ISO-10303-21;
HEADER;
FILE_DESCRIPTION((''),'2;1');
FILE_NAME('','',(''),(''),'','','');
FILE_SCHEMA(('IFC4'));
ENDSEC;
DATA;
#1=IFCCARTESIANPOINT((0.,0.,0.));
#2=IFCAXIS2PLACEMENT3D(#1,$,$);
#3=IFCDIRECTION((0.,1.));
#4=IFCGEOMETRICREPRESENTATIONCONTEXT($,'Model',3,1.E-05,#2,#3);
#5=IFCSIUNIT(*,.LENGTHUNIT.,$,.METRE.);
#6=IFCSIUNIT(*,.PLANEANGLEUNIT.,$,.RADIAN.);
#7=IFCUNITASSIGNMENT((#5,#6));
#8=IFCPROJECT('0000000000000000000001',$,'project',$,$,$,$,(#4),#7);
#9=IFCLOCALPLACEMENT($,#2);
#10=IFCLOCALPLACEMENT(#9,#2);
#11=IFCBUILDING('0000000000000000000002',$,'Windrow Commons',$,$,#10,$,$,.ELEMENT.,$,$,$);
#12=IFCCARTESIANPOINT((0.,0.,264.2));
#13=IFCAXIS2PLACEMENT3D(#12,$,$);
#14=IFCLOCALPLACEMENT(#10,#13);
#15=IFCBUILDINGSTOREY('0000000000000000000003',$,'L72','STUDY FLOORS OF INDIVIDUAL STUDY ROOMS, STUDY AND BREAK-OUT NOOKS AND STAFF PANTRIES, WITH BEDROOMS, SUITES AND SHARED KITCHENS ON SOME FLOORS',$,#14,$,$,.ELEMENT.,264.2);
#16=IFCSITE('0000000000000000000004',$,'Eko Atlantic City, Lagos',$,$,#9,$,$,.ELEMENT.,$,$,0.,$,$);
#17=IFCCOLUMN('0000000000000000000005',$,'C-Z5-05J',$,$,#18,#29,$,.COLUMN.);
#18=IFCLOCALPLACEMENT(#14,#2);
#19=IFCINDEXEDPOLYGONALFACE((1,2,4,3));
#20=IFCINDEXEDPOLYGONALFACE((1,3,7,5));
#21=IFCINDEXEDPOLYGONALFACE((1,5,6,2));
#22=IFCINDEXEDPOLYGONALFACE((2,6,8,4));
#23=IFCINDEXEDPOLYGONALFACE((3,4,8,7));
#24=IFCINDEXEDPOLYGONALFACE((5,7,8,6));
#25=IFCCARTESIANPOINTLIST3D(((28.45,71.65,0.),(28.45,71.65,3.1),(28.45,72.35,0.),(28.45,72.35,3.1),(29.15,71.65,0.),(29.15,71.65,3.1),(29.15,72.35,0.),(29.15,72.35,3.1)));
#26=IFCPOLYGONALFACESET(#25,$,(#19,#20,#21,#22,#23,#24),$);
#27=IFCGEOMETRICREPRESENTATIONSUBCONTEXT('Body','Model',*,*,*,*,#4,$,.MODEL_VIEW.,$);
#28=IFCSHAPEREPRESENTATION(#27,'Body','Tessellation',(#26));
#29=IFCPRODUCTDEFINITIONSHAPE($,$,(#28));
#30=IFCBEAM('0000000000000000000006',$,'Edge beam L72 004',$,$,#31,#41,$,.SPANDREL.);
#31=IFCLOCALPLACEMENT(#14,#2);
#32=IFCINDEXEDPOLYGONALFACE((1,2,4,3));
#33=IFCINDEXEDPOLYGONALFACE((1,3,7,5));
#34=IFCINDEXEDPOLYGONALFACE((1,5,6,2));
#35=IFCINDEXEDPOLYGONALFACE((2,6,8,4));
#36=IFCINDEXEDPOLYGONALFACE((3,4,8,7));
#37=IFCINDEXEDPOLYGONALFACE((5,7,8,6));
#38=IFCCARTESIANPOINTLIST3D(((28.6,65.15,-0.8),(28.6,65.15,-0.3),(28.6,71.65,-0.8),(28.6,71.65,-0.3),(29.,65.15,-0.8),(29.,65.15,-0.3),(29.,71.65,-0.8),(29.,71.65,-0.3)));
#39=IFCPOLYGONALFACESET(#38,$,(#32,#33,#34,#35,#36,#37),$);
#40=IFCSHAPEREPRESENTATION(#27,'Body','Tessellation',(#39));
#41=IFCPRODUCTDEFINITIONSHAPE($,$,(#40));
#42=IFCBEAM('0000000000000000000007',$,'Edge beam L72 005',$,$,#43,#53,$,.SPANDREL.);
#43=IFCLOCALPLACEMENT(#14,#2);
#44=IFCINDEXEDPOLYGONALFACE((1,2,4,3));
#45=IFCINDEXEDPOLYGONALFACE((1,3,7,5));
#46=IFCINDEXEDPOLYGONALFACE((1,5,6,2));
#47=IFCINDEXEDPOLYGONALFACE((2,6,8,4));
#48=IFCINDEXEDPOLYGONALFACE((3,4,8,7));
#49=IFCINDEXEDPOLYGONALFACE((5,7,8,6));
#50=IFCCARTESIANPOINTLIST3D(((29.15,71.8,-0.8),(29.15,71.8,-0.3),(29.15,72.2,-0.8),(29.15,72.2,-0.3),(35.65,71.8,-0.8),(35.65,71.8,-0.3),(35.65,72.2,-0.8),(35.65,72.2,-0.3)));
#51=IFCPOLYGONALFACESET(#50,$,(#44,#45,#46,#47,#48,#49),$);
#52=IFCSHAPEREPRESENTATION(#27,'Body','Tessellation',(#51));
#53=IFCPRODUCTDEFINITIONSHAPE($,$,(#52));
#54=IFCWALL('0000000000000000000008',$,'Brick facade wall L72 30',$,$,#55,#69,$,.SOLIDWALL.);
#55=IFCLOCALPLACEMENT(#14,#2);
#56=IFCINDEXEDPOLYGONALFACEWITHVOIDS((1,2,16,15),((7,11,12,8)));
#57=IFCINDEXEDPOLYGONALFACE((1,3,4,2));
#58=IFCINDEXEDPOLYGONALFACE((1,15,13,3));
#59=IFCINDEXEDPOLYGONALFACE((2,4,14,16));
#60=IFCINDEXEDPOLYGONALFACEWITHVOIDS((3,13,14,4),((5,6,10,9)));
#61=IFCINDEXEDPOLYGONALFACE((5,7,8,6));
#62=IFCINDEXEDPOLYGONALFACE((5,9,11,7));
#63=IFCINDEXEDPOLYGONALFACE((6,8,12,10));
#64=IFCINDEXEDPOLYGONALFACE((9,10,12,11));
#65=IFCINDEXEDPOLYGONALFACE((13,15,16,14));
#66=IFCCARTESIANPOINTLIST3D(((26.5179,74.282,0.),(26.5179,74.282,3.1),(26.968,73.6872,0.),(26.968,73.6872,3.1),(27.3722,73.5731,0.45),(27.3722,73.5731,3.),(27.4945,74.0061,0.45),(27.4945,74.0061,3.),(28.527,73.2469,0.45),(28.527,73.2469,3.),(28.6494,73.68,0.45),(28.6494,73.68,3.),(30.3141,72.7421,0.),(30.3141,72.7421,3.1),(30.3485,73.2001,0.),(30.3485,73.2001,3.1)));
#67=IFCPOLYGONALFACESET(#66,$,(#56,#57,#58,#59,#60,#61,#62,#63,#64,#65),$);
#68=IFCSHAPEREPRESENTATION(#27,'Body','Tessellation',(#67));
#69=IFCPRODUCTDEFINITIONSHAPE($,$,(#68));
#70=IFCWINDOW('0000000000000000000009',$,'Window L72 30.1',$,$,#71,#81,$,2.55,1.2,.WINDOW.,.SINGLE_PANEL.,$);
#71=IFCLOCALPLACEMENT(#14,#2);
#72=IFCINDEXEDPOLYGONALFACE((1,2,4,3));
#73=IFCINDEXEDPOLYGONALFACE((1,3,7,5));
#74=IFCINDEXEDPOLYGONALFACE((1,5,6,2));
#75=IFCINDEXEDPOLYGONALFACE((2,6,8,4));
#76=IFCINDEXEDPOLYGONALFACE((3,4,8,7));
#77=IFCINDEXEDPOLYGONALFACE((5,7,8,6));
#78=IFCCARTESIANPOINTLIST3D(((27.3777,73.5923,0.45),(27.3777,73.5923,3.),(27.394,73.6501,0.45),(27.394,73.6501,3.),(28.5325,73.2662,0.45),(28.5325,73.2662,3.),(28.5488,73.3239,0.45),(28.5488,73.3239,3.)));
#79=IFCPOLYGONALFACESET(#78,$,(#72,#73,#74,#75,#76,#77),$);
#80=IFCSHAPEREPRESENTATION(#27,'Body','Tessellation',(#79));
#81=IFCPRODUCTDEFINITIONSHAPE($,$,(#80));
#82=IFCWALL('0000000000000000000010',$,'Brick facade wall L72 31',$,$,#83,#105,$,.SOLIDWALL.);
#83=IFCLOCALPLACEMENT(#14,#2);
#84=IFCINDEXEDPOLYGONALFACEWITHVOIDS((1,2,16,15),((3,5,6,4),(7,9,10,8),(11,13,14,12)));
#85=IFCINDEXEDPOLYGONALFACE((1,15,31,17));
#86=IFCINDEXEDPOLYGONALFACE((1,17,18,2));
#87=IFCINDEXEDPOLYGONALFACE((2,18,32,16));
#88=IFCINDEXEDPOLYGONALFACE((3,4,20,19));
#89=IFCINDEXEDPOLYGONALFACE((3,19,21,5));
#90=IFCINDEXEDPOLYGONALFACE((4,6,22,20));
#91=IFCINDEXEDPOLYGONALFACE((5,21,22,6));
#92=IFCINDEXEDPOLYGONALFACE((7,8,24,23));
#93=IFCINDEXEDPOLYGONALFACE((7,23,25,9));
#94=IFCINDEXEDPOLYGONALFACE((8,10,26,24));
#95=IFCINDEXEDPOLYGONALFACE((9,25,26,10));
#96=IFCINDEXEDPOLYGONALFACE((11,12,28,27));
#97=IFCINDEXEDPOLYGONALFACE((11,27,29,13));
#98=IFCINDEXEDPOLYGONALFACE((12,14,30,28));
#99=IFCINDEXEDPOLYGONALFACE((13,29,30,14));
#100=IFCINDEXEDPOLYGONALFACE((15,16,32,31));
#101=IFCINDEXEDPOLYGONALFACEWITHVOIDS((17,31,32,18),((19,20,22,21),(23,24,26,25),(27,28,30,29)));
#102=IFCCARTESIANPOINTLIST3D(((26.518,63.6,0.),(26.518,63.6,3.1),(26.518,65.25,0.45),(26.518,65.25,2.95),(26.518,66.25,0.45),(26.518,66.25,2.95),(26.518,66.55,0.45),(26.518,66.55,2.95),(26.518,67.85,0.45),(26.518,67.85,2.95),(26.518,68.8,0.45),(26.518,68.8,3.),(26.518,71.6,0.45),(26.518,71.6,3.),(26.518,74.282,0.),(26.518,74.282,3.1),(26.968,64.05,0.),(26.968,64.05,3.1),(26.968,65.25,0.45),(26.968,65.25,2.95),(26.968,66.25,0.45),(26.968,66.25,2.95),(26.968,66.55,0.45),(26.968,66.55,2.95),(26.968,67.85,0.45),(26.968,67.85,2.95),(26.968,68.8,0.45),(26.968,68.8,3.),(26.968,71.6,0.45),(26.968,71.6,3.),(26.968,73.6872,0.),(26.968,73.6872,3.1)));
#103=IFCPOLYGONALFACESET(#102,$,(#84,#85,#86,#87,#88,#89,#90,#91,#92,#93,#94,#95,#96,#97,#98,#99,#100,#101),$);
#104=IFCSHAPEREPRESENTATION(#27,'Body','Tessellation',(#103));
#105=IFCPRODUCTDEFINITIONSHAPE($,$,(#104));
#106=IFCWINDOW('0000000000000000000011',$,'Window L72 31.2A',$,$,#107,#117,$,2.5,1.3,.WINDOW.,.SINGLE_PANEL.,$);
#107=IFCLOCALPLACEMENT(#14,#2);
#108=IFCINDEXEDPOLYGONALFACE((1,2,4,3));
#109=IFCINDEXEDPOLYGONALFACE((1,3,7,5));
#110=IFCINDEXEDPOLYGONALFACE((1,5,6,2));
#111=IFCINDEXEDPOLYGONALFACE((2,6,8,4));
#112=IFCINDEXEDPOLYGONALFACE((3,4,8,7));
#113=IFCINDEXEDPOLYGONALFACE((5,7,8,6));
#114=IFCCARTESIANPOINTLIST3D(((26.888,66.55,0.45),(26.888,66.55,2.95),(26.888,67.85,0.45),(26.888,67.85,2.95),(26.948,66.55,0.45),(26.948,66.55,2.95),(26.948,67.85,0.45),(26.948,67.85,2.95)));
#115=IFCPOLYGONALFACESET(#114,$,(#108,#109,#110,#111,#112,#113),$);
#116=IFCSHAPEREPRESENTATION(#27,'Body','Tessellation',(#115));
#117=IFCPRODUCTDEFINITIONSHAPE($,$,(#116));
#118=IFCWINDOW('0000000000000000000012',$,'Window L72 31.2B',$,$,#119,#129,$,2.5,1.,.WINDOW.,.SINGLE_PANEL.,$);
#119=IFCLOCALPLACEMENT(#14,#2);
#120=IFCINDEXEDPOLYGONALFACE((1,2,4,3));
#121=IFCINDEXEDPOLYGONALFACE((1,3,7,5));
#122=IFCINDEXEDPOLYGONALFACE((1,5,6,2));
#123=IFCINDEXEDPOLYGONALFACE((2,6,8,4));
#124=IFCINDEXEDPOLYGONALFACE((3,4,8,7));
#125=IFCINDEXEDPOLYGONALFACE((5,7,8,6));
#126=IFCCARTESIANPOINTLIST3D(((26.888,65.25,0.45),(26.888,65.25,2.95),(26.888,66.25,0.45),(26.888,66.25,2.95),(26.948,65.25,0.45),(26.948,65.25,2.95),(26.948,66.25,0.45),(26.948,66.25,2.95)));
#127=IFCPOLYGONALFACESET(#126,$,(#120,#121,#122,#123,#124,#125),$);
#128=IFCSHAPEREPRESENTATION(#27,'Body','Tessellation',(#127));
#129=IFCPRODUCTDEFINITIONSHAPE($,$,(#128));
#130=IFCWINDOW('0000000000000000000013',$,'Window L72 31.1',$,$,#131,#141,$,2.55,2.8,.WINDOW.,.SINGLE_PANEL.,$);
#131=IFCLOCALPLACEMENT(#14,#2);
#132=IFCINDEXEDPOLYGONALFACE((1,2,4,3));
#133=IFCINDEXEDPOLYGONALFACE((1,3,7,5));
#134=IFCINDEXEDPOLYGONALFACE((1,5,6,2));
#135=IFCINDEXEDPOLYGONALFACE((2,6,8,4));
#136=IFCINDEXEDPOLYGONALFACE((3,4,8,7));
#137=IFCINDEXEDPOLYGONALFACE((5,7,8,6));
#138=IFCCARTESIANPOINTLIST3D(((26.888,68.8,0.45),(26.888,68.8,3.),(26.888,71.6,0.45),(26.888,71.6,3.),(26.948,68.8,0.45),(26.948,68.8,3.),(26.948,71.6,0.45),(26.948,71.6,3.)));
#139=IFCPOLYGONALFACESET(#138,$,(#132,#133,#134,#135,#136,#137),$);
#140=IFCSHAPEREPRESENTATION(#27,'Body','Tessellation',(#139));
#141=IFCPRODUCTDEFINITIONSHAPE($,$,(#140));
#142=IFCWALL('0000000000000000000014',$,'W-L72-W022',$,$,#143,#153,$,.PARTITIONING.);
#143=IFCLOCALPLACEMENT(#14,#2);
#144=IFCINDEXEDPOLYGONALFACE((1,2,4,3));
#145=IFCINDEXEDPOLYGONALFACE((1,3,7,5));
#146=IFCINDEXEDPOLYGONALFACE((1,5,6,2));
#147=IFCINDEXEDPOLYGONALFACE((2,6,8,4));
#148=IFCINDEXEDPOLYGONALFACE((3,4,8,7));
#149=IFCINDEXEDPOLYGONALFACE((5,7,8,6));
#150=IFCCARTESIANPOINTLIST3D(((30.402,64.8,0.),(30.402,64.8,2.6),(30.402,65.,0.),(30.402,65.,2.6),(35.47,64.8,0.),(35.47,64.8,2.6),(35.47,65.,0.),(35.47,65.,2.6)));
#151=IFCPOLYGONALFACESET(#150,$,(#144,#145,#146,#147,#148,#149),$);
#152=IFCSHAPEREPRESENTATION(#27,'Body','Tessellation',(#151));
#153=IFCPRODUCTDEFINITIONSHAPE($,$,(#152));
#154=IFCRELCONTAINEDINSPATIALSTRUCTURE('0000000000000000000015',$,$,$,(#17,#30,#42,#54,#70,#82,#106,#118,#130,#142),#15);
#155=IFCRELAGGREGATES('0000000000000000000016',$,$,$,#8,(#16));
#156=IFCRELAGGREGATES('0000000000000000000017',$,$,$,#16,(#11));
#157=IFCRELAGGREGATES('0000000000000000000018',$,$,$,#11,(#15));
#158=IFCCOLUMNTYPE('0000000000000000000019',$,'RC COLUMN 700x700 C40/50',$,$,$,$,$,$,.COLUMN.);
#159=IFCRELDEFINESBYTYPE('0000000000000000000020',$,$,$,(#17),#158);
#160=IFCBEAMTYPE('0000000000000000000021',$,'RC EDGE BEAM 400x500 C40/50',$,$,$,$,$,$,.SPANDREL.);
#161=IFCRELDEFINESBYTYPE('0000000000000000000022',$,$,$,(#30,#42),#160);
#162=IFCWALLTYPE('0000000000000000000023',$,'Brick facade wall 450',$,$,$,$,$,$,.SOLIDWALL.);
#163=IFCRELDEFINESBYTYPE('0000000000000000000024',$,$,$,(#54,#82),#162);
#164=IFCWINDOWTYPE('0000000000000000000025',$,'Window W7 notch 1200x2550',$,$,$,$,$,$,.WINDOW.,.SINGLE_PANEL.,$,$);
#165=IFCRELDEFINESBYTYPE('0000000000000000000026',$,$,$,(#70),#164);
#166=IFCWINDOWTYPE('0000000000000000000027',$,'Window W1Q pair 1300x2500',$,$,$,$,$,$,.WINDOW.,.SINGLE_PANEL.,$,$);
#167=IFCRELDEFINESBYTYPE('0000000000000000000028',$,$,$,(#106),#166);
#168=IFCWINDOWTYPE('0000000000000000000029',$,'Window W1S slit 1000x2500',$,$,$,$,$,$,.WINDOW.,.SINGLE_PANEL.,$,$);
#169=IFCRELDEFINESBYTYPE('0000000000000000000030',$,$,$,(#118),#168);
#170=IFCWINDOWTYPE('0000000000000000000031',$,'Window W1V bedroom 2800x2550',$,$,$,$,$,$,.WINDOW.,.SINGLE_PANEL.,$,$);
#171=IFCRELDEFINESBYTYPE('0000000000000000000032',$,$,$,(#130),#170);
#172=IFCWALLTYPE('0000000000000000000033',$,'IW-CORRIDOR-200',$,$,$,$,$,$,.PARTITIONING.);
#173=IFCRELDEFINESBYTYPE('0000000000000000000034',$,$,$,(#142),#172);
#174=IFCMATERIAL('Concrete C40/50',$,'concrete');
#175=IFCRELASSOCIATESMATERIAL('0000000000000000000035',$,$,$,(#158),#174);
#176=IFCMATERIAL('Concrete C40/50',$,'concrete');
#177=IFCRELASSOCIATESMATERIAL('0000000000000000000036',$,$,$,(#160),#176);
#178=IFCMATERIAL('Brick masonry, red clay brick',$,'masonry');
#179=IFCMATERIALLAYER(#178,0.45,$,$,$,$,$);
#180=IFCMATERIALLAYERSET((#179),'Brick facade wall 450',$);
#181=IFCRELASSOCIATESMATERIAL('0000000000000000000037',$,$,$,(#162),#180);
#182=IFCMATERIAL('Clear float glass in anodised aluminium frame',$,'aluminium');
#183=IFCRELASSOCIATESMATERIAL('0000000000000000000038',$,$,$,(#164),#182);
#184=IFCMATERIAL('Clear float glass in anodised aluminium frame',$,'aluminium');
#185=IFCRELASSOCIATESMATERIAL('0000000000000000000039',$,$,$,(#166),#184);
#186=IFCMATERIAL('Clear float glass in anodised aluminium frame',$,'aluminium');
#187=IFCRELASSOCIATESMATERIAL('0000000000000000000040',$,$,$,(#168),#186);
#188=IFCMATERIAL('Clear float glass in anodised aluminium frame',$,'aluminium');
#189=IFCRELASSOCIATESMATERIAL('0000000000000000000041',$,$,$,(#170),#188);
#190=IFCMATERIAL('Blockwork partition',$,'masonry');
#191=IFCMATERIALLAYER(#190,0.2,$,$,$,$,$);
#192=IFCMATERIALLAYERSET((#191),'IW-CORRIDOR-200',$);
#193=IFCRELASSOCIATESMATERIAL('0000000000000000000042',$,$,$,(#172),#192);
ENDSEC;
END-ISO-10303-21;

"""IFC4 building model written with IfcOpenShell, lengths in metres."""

from ifc_helpers import new_model, si_unit, direction, frame, frame_2d, origin, origin_2d, place, context, subcontext, project, spatial, polyline, rectangle, outline, extrude, material, layer, layer_set, material_profile, profile_set, type_object, element, fill, save


model = new_model("IFC4")

# Units and contexts
model_context = context("Model", 3, precision=1e-05, world=origin(), true_north=direction((0.0, 1.0)))
body_context = subcontext(model_context, "Body", "Model", "MODEL_VIEW")
ifc_project = project(units=[si_unit("LENGTHUNIT", "METRE"), si_unit("PLANEANGLEUNIT", "RADIAN")], contexts=[model_context])

# Site, building, storey
site_placement = place(None, origin())
site = spatial("IfcSite", under=ifc_project, at=site_placement, Name="Eko Atlantic City, Lagos", CompositionType="ELEMENT", RefElevation=0.0)
building_placement = place(site_placement, origin())
building = spatial("IfcBuilding", under=site, at=building_placement, Name="Windrow Commons", CompositionType="ELEMENT")
storey_placement = place(building_placement, frame((0.0, 0.0, 264.2)))
storey = spatial("IfcBuildingStorey", under=building, at=storey_placement, Name="L72", Description="STUDY FLOORS OF INDIVIDUAL STUDY ROOMS, STUDY AND BREAK-OUT NOOKS AND STAFF PANTRIES, WITH BEDROOMS, SUITES AND SHARED KITCHENS ON SOME FLOORS", CompositionType="ELEMENT", Elevation=264.2)

# Column
ifc_material_1 = material(Name="Concrete C40/50", Category="concrete")
ifc_material_profile_1 = material_profile(ifc_material_1, rectangle(XDim=0.7, YDim=0.7, at=origin_2d()))
ifc_profile_set_1 = profile_set([ifc_material_profile_1], Name="Concrete C40/50")
column_type = type_object("IfcColumnType", Name="RC COLUMN 700x700 C40/50", PredefinedType="COLUMN", material=ifc_profile_set_1)
column_placement = place(storey_placement, frame((28.8, 72.0, 0.0), z_axis=(0.0, 0.0, 1.0), x_axis=(1.0, 0.0, 0.0)))
element("IfcColumn", 1, at=column_placement, inside=storey, type_object=column_type, Name="C-Z5-05J", PredefinedType="COLUMN", context=body_context, shape_type="SweptSolid", body=[
    extrude(rectangle(XDim=0.7, YDim=0.7, at=origin_2d()), origin(), (0.0, 0.0, 1.0), 3.1),
])

# Beams
ifc_material_2 = material(Name="Concrete C40/50", Category="concrete")
ifc_material_profile_2 = material_profile(ifc_material_2, rectangle(XDim=0.4, YDim=0.5, at=origin_2d()))
ifc_profile_set_2 = profile_set([ifc_material_profile_2], Name="Concrete C40/50")
beam_type = type_object("IfcBeamType", Name="RC EDGE BEAM 400x500 C40/50", PredefinedType="SPANDREL", material=ifc_profile_set_2)
for number, where, z_axis, x_axis, name in (
    (2, (28.8, 65.15, -0.55), (0.0, 1.0, 0.0), (-1.0, 0.0, 0.0), "Edge beam L72 004"),
    (3, (29.15, 72.0, -0.55), (1.0, 0.0, 0.0), (0.0, 1.0, 0.0), "Edge beam L72 005"),
):
    element("IfcBeam", number, at=place(storey_placement, frame(where, z_axis=z_axis, x_axis=x_axis)), inside=storey, type_object=beam_type, Name=name, PredefinedType="SPANDREL", context=body_context, shape_type="SweptSolid", body=[
        extrude(rectangle(XDim=0.4, YDim=0.5, at=origin_2d()), origin(), (0.0, 0.0, 1.0), 6.5),
    ])

# Wall, opening, window
ifc_material_3 = material(Name="Brick masonry, red clay brick", Category="masonry")
ifc_layer_1 = layer(ifc_material_3, 0.45)
ifc_layer_set_1 = layer_set([ifc_layer_1], Name="Brick facade wall 450")
wall_type_1 = type_object("IfcWallType", Name="Brick facade wall 450", PredefinedType="SOLIDWALL", material=ifc_layer_set_1)
wall_1_placement = place(storey_placement, frame((30.3313, 72.9711, 0.0), z_axis=(0.0, 0.0, 1.0), x_axis=(-0.96235, 0.271812, 0.0)))
wall_1 = element("IfcWall", 4, at=wall_1_placement, inside=storey, type_object=wall_type_1, Name="Brick facade wall L72 30", PredefinedType="SOLIDWALL", context=body_context, shape_type="SweptSolid", body=[
    extrude(outline(polyline([(0.0457, -0.225), (4.0261, -0.225), (3.4313, 0.225), (-0.0457, 0.225), (0.0457, -0.225)])), origin(), (0.0, 0.0, 1.0), 3.1),
])
opening_1_placement = place(wall_1_placement, frame((1.8113, 0.0, 0.45)))
opening_1 = element("IfcOpeningElement", 5, at=opening_1_placement, cuts=wall_1, PredefinedType="OPENING", context=body_context, shape_type="SweptSolid", body=[
    extrude(rectangle(XDim=1.2, YDim=2.55, at=frame_2d((0.6, 1.275))), frame((0.0, 0.235, 0.0), z_axis=(0.0, -1.0, 0.0), x_axis=(1.0, 0.0, 0.0)), (0.0, 0.0, 1.0), 0.47),
])
ifc_material_4 = material(Name="Clear float glass in anodised aluminium frame", Category="aluminium")
window_type_1 = type_object("IfcWindowType", Name="Window W7 notch 1200x2550", PartitioningType="SINGLE_PANEL", PredefinedType="WINDOW", material=ifc_material_4)
window_1_placement = place(opening_1_placement, origin())
window_1 = element("IfcWindow", 6, at=window_1_placement, inside=storey, type_object=window_type_1, Name="Window L72 30.1", OverallHeight=2.55, OverallWidth=1.2, PartitioningType="SINGLE_PANEL", PredefinedType="WINDOW", context=body_context, shape_type="SweptSolid", body=[
    extrude(rectangle(XDim=1.2, YDim=2.55, at=frame_2d((0.6, 1.275))), frame((0.0, 0.205, 0.0), z_axis=(0.0, -1.0, 0.0), x_axis=(1.0, 0.0, 0.0)), (0.0, 0.0, 1.0), 0.06),
])
fill(opening_1, window_1)

# Wall, openings, windows
wall_2_placement = place(storey_placement, frame((26.743, 73.9846, 0.0), z_axis=(0.0, 0.0, 1.0), x_axis=(0.0, -1.0, 0.0)))
wall_2 = element("IfcWall", 7, at=wall_2_placement, inside=storey, type_object=wall_type_1, Name="Brick facade wall L72 31", PredefinedType="SOLIDWALL", context=body_context, shape_type="SweptSolid", body=[
    extrude(outline(polyline([(-0.2974, -0.225), (10.3846, -0.225), (9.9346, 0.225), (0.2974, 0.225), (-0.2974, -0.225)])), origin(), (0.0, 0.0, 1.0), 3.1),
])
opening_2_placement = place(wall_2_placement, frame((2.3846, 0.0, 0.45)))
opening_2 = element("IfcOpeningElement", 8, at=opening_2_placement, cuts=wall_2, PredefinedType="OPENING", context=body_context, shape_type="SweptSolid", body=[
    extrude(rectangle(XDim=2.8, YDim=2.55, at=frame_2d((1.4, 1.275))), frame((0.0, 0.235, 0.0), z_axis=(0.0, -1.0, 0.0), x_axis=(1.0, 0.0, 0.0)), (0.0, 0.0, 1.0), 0.47),
])
opening_3_placement = place(wall_2_placement, frame((6.1346, 0.0, 0.45)))
opening_3 = element("IfcOpeningElement", 9, at=opening_3_placement, cuts=wall_2, PredefinedType="OPENING", context=body_context, shape_type="SweptSolid", body=[
    extrude(rectangle(XDim=1.3, YDim=2.5, at=frame_2d((0.65, 1.25))), frame((0.0, 0.235, 0.0), z_axis=(0.0, -1.0, 0.0), x_axis=(1.0, 0.0, 0.0)), (0.0, 0.0, 1.0), 0.47),
])
opening_4_placement = place(wall_2_placement, frame((7.7346, 0.0, 0.45)))
opening_4 = element("IfcOpeningElement", 10, at=opening_4_placement, cuts=wall_2, PredefinedType="OPENING", context=body_context, shape_type="SweptSolid", body=[
    extrude(rectangle(XDim=1.0, YDim=2.5, at=frame_2d((0.5, 1.25))), frame((0.0, 0.235, 0.0), z_axis=(0.0, -1.0, 0.0), x_axis=(1.0, 0.0, 0.0)), (0.0, 0.0, 1.0), 0.47),
])
ifc_material_5 = material(Name="Clear float glass in anodised aluminium frame", Category="aluminium")
window_type_2 = type_object("IfcWindowType", Name="Window W1Q pair 1300x2500", PartitioningType="SINGLE_PANEL", PredefinedType="WINDOW", material=ifc_material_5)
window_2_placement = place(opening_3_placement, origin())
window_2 = element("IfcWindow", 11, at=window_2_placement, inside=storey, type_object=window_type_2, Name="Window L72 31.2A", OverallHeight=2.5, OverallWidth=1.3, PartitioningType="SINGLE_PANEL", PredefinedType="WINDOW", context=body_context, shape_type="SweptSolid", body=[
    extrude(rectangle(XDim=1.3, YDim=2.5, at=frame_2d((0.65, 1.25))), frame((0.0, 0.205, 0.0), z_axis=(0.0, -1.0, 0.0), x_axis=(1.0, 0.0, 0.0)), (0.0, 0.0, 1.0), 0.06),
])
fill(opening_3, window_2)
ifc_material_6 = material(Name="Clear float glass in anodised aluminium frame", Category="aluminium")
window_type_3 = type_object("IfcWindowType", Name="Window W1S slit 1000x2500", PartitioningType="SINGLE_PANEL", PredefinedType="WINDOW", material=ifc_material_6)
window_3_placement = place(opening_4_placement, origin())
window_3 = element("IfcWindow", 12, at=window_3_placement, inside=storey, type_object=window_type_3, Name="Window L72 31.2B", OverallHeight=2.5, OverallWidth=1.0, PartitioningType="SINGLE_PANEL", PredefinedType="WINDOW", context=body_context, shape_type="SweptSolid", body=[
    extrude(rectangle(XDim=1.0, YDim=2.5, at=frame_2d((0.5, 1.25))), frame((0.0, 0.205, 0.0), z_axis=(0.0, -1.0, 0.0), x_axis=(1.0, 0.0, 0.0)), (0.0, 0.0, 1.0), 0.06),
])
fill(opening_4, window_3)
ifc_material_7 = material(Name="Clear float glass in anodised aluminium frame", Category="aluminium")
window_type_4 = type_object("IfcWindowType", Name="Window W1V bedroom 2800x2550", PartitioningType="SINGLE_PANEL", PredefinedType="WINDOW", material=ifc_material_7)
window_4_placement = place(opening_2_placement, origin())
window_4 = element("IfcWindow", 13, at=window_4_placement, inside=storey, type_object=window_type_4, Name="Window L72 31.1", OverallHeight=2.55, OverallWidth=2.8, PartitioningType="SINGLE_PANEL", PredefinedType="WINDOW", context=body_context, shape_type="SweptSolid", body=[
    extrude(rectangle(XDim=2.8, YDim=2.55, at=frame_2d((1.4, 1.275))), frame((0.0, 0.205, 0.0), z_axis=(0.0, -1.0, 0.0), x_axis=(1.0, 0.0, 0.0)), (0.0, 0.0, 1.0), 0.06),
])
fill(opening_2, window_4)

# Wall
ifc_material_8 = material(Name="Blockwork partition", Category="masonry")
ifc_layer_2 = layer(ifc_material_8, 0.2)
ifc_layer_set_2 = layer_set([ifc_layer_2], Name="IW-CORRIDOR-200")
wall_type_2 = type_object("IfcWallType", Name="IW-CORRIDOR-200", PredefinedType="PARTITIONING", material=ifc_layer_set_2)
wall_3_placement = place(storey_placement, frame((30.402, 64.9, 0.0), z_axis=(0.0, 0.0, 1.0), x_axis=(1.0, 0.0, 0.0)))
element("IfcWall", 14, at=wall_3_placement, inside=storey, type_object=wall_type_2, Name="W-L72-W022", PredefinedType="PARTITIONING", context=body_context, shape_type="SweptSolid", body=[
    extrude(rectangle(XDim=5.068, YDim=0.2, at=frame_2d((2.534, 0.0))), origin(), (0.0, 0.0, 1.0), 2.6),
])

save(model, "model.ifc")
